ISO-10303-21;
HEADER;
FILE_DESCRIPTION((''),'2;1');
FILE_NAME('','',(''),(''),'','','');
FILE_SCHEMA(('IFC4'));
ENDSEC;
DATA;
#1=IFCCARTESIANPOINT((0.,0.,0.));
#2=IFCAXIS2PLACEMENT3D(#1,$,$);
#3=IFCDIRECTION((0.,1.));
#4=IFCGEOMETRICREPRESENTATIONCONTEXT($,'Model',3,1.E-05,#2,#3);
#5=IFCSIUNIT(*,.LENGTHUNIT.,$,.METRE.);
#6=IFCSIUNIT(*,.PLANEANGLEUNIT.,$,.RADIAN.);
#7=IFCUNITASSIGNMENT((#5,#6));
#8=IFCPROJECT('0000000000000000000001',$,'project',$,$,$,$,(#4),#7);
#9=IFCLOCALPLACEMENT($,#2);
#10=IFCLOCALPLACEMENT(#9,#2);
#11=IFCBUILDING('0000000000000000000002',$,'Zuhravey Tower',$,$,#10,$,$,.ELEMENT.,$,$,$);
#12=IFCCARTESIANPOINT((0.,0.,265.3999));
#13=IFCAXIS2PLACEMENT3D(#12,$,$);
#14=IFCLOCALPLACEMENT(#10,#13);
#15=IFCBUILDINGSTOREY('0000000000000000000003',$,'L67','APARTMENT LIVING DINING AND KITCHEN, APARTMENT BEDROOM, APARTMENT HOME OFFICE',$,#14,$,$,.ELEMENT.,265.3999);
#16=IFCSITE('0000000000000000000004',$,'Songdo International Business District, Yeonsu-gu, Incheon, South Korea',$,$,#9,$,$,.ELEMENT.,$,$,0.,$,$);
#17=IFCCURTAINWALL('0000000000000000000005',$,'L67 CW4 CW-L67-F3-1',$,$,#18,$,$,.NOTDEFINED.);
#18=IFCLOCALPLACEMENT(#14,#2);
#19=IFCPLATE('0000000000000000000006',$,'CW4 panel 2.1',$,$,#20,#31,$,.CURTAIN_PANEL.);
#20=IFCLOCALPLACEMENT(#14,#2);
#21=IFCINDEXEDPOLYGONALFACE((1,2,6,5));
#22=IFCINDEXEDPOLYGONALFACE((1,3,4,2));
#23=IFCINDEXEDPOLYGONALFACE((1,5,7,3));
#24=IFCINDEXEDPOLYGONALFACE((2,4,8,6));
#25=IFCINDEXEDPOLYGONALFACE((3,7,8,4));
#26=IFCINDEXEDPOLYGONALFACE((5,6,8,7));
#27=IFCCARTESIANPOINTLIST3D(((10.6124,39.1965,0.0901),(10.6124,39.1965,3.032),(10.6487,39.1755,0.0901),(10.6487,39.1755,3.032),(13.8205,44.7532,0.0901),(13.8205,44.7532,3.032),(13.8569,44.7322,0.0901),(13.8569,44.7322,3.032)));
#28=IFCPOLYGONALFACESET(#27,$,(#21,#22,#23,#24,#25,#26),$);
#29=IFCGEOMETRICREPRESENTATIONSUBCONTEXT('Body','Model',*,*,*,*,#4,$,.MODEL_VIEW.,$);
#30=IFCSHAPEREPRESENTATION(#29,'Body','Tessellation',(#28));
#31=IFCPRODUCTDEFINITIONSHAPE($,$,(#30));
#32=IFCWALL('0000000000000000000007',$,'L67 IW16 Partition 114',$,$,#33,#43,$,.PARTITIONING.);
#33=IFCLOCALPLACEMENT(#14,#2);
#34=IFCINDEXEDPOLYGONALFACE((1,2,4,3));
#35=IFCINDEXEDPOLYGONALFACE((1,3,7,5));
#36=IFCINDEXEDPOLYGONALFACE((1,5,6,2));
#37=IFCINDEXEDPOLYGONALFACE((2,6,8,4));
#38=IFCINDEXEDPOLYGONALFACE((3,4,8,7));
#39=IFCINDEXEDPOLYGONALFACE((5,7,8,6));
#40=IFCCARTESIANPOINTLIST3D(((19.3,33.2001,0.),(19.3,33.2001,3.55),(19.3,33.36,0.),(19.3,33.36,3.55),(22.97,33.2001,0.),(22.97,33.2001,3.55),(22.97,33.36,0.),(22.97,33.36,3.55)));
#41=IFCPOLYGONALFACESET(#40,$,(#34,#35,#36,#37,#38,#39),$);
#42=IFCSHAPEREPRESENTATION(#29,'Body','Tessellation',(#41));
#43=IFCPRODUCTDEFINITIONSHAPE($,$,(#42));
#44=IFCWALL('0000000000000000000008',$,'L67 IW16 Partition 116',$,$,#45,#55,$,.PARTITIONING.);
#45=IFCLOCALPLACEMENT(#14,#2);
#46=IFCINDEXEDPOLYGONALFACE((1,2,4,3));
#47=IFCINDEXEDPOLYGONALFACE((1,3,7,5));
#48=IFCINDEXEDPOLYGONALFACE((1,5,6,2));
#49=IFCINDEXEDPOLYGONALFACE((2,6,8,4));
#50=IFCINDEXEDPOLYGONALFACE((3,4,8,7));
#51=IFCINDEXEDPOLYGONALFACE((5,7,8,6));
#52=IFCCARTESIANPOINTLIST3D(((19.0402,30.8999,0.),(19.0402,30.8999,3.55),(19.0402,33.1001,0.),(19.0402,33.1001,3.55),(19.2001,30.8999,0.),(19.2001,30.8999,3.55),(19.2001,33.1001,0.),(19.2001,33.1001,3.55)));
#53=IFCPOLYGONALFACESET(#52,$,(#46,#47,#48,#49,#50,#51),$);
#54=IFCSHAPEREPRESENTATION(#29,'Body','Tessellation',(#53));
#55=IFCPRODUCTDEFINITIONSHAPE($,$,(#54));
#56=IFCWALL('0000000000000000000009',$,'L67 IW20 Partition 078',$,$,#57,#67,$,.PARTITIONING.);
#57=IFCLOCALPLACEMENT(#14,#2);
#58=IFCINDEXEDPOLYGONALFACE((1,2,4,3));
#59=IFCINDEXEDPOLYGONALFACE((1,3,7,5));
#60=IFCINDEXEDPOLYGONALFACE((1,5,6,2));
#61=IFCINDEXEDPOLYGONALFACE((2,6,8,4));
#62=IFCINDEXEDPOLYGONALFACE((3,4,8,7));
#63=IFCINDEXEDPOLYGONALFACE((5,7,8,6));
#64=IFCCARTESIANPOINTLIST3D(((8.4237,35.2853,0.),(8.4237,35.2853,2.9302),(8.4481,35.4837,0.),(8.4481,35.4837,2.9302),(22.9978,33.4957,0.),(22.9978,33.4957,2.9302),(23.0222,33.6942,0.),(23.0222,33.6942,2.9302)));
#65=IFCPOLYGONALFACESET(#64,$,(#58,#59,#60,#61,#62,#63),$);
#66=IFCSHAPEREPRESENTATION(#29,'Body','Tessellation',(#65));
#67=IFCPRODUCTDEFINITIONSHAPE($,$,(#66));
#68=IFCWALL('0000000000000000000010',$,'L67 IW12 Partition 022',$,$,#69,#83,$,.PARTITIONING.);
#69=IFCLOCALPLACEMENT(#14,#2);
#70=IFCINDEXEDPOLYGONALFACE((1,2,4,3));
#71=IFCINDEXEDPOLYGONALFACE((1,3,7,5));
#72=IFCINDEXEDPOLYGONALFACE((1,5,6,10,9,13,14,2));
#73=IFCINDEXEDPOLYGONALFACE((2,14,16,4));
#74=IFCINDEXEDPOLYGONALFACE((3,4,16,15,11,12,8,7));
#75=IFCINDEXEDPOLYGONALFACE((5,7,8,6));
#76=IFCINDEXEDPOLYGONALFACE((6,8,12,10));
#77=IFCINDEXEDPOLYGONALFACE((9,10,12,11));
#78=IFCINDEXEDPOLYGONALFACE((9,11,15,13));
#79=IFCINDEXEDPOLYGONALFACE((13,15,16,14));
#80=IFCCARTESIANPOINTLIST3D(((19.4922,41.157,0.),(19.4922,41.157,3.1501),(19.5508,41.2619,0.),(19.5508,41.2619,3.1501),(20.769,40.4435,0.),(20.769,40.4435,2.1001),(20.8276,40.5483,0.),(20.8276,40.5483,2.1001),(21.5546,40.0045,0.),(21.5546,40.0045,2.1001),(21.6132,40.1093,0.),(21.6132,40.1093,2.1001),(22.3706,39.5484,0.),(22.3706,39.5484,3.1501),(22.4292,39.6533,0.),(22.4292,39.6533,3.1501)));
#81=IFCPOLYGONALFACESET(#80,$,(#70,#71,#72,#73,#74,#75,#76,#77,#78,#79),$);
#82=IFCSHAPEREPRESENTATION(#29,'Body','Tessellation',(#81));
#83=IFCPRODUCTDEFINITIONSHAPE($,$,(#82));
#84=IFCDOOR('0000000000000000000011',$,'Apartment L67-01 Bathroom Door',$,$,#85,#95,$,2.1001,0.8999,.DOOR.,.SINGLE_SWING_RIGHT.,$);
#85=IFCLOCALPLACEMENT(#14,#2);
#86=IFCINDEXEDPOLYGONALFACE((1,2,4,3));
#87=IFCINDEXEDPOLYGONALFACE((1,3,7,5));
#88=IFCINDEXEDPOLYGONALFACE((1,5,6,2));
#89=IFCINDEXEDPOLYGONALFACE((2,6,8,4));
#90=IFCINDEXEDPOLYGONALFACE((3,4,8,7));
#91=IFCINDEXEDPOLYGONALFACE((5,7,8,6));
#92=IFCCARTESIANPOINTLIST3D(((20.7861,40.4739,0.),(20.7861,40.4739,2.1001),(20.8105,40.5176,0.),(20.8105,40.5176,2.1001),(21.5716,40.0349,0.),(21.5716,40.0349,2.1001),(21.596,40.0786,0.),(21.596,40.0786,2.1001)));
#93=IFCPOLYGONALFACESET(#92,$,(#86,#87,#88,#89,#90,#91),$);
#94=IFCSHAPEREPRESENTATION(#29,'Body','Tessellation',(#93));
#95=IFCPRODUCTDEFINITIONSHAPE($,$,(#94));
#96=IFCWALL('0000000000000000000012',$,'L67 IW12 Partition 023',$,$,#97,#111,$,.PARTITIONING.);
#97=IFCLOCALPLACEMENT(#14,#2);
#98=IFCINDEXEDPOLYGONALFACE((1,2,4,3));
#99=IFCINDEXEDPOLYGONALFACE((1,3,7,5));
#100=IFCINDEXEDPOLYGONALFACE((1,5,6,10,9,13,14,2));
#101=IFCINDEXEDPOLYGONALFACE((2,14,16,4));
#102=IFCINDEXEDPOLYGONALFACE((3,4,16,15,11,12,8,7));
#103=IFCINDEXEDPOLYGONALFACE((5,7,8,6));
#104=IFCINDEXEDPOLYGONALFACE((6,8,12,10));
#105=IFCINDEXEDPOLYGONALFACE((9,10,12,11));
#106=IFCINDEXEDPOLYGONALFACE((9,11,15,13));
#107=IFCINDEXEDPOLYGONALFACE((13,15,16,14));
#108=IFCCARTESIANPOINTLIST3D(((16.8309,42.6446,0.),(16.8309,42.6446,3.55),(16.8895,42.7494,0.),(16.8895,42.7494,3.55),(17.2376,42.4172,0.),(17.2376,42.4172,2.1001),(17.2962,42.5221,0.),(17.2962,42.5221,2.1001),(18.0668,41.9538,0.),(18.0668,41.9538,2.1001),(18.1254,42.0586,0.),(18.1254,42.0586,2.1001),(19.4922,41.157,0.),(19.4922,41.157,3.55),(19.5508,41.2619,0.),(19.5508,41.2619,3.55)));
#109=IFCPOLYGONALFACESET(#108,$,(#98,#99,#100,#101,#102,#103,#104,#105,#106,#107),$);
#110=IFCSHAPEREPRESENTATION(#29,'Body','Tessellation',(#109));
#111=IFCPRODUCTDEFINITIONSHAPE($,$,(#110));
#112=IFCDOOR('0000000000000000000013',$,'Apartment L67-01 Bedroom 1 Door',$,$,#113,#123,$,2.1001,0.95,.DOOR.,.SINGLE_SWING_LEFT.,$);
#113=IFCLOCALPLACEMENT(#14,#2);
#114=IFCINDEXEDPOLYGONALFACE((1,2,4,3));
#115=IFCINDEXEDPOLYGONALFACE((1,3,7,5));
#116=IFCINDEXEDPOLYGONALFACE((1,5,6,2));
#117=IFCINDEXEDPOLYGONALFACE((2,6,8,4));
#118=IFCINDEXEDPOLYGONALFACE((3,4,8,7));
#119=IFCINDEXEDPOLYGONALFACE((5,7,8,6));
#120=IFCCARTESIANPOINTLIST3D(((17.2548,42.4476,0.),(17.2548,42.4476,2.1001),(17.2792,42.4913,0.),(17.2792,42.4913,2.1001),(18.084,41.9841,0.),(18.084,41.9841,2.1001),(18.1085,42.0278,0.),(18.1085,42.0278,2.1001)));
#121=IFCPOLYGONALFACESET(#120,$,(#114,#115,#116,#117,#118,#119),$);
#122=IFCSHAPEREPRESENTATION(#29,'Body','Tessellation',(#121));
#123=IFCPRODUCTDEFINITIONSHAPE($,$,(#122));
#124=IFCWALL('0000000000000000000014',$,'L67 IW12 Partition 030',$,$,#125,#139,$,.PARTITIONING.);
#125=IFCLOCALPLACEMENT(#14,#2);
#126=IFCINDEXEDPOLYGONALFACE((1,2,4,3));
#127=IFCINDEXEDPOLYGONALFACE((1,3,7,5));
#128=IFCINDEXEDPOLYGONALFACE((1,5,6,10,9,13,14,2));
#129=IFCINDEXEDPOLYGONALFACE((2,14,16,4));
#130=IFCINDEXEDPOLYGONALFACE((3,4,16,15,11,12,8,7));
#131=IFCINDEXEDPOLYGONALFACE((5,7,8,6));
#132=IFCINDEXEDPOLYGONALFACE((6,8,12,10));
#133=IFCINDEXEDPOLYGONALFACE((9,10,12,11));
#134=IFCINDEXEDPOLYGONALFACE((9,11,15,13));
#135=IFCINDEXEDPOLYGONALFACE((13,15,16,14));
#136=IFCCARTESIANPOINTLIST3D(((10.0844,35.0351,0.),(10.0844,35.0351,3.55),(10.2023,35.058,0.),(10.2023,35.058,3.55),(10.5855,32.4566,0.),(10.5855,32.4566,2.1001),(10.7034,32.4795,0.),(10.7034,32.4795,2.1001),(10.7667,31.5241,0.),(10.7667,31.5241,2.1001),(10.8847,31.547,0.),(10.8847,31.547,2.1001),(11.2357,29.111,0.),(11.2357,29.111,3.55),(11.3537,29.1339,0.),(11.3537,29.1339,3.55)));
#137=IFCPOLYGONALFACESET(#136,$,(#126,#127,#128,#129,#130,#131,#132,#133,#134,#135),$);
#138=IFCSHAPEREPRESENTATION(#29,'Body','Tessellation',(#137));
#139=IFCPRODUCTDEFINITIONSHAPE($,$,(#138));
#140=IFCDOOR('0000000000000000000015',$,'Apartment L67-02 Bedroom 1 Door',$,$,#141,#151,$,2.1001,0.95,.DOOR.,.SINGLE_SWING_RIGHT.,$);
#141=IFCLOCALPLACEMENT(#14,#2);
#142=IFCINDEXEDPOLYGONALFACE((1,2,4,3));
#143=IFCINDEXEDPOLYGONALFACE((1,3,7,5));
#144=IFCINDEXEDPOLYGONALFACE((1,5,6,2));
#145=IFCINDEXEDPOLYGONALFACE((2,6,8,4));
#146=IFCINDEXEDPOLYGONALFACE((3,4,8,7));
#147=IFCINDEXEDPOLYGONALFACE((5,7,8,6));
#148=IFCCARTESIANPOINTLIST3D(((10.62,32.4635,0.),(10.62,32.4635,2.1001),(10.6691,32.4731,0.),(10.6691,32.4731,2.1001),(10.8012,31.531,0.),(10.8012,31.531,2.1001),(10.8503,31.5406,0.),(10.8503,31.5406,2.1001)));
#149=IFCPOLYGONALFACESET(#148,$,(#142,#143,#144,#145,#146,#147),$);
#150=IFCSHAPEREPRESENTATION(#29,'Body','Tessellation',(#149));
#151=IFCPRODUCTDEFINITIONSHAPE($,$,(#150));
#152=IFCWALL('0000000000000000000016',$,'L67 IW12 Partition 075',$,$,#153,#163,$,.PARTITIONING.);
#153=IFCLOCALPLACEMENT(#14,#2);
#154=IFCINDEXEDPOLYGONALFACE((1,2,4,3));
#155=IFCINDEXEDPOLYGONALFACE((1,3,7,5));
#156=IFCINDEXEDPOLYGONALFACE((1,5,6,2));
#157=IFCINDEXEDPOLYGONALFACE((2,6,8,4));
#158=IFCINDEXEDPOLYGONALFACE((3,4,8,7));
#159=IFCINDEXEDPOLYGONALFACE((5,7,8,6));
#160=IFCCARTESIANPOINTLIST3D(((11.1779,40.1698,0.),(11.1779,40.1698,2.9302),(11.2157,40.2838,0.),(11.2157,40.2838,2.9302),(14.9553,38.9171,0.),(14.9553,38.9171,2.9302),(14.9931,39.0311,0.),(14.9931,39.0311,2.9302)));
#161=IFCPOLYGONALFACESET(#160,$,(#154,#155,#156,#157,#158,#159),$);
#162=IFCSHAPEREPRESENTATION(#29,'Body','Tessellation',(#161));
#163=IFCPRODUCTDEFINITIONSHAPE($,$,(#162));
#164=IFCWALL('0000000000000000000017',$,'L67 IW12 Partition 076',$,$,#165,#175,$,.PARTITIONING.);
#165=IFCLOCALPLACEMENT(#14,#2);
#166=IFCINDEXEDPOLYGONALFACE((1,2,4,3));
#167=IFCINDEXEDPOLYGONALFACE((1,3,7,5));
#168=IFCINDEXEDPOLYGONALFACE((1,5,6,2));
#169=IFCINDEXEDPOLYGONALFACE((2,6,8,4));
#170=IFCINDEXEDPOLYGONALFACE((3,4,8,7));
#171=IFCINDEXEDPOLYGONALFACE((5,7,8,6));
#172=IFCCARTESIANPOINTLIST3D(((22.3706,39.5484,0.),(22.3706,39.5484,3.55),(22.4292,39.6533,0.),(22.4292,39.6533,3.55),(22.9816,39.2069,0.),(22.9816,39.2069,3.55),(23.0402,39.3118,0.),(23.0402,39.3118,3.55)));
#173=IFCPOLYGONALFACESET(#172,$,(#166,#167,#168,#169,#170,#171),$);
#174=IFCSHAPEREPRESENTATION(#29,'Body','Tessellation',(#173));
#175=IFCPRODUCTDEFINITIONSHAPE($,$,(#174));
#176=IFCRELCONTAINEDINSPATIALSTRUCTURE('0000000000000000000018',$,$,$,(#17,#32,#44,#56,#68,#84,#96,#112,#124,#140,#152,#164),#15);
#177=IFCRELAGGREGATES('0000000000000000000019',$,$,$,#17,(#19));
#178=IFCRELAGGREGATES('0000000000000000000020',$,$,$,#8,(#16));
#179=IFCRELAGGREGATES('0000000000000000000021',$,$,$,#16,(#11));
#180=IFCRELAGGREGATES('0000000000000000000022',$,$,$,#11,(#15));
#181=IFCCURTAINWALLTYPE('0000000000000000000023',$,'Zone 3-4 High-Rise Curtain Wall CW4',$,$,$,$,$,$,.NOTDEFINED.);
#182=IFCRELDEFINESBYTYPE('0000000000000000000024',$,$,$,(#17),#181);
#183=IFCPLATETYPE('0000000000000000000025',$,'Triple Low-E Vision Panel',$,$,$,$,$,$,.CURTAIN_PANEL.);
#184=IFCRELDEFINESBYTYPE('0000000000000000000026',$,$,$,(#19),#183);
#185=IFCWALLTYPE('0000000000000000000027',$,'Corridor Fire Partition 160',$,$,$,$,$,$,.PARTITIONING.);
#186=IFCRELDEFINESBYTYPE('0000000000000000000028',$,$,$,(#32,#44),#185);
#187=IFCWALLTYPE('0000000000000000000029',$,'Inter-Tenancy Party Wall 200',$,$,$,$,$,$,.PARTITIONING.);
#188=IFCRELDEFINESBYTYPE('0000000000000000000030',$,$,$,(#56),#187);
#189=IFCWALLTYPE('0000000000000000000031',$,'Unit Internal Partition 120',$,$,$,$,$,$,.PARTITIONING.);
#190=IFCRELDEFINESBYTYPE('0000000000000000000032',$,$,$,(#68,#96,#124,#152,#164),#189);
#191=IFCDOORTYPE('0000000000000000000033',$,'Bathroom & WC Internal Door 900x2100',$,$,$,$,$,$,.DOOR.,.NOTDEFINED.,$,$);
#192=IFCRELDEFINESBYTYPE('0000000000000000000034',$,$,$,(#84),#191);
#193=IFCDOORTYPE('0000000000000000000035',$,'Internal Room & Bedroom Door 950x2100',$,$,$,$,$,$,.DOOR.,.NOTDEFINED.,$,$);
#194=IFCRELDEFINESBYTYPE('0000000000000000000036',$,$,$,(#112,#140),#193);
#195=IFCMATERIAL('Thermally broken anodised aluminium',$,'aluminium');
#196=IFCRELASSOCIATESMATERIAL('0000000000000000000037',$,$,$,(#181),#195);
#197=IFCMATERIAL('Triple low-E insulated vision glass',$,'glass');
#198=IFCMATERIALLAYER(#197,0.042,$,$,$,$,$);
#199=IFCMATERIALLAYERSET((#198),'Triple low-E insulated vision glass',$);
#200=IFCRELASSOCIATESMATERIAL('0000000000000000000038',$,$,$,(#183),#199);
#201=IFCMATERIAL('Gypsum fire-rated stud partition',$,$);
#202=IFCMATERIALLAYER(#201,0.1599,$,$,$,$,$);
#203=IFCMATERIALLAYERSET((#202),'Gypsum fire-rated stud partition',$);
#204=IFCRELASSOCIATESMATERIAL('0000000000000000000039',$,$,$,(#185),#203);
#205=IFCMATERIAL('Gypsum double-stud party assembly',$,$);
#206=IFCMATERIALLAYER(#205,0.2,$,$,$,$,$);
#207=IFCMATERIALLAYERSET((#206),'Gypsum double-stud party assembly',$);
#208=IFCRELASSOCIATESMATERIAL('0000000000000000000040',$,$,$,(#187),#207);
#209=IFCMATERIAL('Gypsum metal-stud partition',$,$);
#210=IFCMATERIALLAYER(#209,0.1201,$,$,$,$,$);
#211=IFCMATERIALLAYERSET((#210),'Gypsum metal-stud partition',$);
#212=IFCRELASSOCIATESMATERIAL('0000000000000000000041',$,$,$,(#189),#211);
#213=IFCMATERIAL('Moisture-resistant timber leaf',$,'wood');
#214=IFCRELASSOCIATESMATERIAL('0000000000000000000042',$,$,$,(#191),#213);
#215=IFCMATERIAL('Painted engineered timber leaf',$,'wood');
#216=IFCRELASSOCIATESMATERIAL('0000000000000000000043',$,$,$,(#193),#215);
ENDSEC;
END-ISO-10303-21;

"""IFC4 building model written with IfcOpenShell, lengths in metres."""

from ifc_helpers import new_model, si_unit, direction, frame, frame_2d, origin, origin_2d, place, context, subcontext, project, spatial, rectangle, extrude, material, layer, layer_set, type_object, element, fill, aggregate, save


model = new_model("IFC4")

# Units and contexts
model_context = context("Model", 3, precision=1e-05, world=origin(), true_north=direction((0.0, 1.0)))
body_context = subcontext(model_context, "Body", "Model", "MODEL_VIEW")
ifc_project = project(units=[si_unit("LENGTHUNIT", "METRE"), si_unit("PLANEANGLEUNIT", "RADIAN")], contexts=[model_context])

# Site, building, storey
site_placement = place(None, origin())
site = spatial("IfcSite", under=ifc_project, at=site_placement, Name="Songdo International Business District, Yeonsu-gu, Incheon, South Korea", CompositionType="ELEMENT", RefElevation=0.0)
building_placement = place(site_placement, origin())
building = spatial("IfcBuilding", under=site, at=building_placement, Name="Zuhravey Tower", CompositionType="ELEMENT")
storey_placement = place(building_placement, frame((0.0, 0.0, 265.3999)))
storey = spatial("IfcBuildingStorey", under=building, at=storey_placement, Name="L67", Description="APARTMENT LIVING DINING AND KITCHEN, APARTMENT BEDROOM, APARTMENT HOME OFFICE", CompositionType="ELEMENT", Elevation=265.3999)

# Curtain wall
ifc_material_1 = material(Name="Thermally broken anodised aluminium", Category="aluminium")
curtain_wall_type = type_object("IfcCurtainWallType", Name="Zone 3-4 High-Rise Curtain Wall CW4", PredefinedType="NOTDEFINED", material=ifc_material_1)
curtain_wall_placement = place(storey_placement, origin())
curtain_wall = element("IfcCurtainWall", 1, at=curtain_wall_placement, inside=storey, type_object=curtain_wall_type, Name="L67 CW4 CW-L67-F3-1", PredefinedType="NOTDEFINED")

# Plate
ifc_material_2 = material(Name="Triple low-E insulated vision glass", Category="glass")
ifc_layer_1 = layer(ifc_material_2, 0.042)
ifc_layer_set_1 = layer_set([ifc_layer_1], Name="Triple low-E insulated vision glass")
plate_type = type_object("IfcPlateType", Name="Triple Low-E Vision Panel", PredefinedType="CURTAIN_PANEL", material=ifc_layer_set_1)
plate_1_placement = place(storey_placement, frame((12.2346, 41.9644, 0.0901), z_axis=(0.0, 0.0, 1.0), x_axis=(0.500001, 0.866025, 0.0)))
plate_1 = element("IfcPlate", 2, at=plate_1_placement, type_object=plate_type, Name="CW4 panel 2.1", PredefinedType="CURTAIN_PANEL", context=body_context, shape_type="SweptSolid", body=[
    extrude(rectangle(XDim=6.4163, YDim=0.042, at=origin_2d()), origin(), (0.0, 0.0, 1.0), 2.9419),
])
aggregate(curtain_wall, [plate_1])

# Shared definitions
ifc_material_3 = material(Name="Gypsum fire-rated stud partition")
ifc_layer_2 = layer(ifc_material_3, 0.1599)
ifc_layer_set_2 = layer_set([ifc_layer_2], Name="Gypsum fire-rated stud partition")
wall_type_1 = type_object("IfcWallType", Name="Corridor Fire Partition 160", PredefinedType="PARTITIONING", material=ifc_layer_set_2)

# Walls
wall_1_placement = place(storey_placement, frame((22.97, 33.28, 0.0), z_axis=(0.0, 0.0, 1.0), x_axis=(-1.0, 0.0, 0.0)))
element("IfcWall", 3, at=wall_1_placement, inside=storey, type_object=wall_type_1, Name="L67 IW16 Partition 114", PredefinedType="PARTITIONING", context=body_context, shape_type="SweptSolid", body=[
    extrude(rectangle(XDim=3.6699, YDim=0.1599, at=frame_2d((1.835, 0.0))), origin(), (0.0, 0.0, 1.0), 3.55),
])
wall_2_placement = place(storey_placement, frame((19.1201, 33.1001, 0.0), z_axis=(0.0, 0.0, 1.0), x_axis=(0.0, -1.0, 0.0)))
element("IfcWall", 4, at=wall_2_placement, inside=storey, type_object=wall_type_1, Name="L67 IW16 Partition 116", PredefinedType="PARTITIONING", context=body_context, shape_type="SweptSolid", body=[
    extrude(rectangle(XDim=2.2002, YDim=0.1599, at=frame_2d((1.1001, 0.0))), origin(), (0.0, 0.0, 1.0), 3.55),
])
ifc_material_4 = material(Name="Gypsum double-stud party assembly")
ifc_layer_3 = layer(ifc_material_4, 0.2)
ifc_layer_set_3 = layer_set([ifc_layer_3], Name="Gypsum double-stud party assembly")
wall_type_2 = type_object("IfcWallType", Name="Inter-Tenancy Party Wall 200", PredefinedType="PARTITIONING", material=ifc_layer_set_3)
wall_3_placement = place(storey_placement, frame((23.01, 33.595, 0.0), z_axis=(0.0, 0.0, 1.0), x_axis=(-0.992546, 0.121873, 0.0)))
element("IfcWall", 5, at=wall_3_placement, inside=storey, type_object=wall_type_2, Name="L67 IW20 Partition 078", PredefinedType="PARTITIONING", context=body_context, shape_type="SweptSolid", body=[
    extrude(rectangle(XDim=14.6836, YDim=0.2, at=frame_2d((7.3418, 0.0))), origin(), (0.0, 0.0, 1.0), 2.9302),
])

# Walls, openings, doors
ifc_material_5 = material(Name="Gypsum metal-stud partition")
ifc_layer_4 = layer(ifc_material_5, 0.1201)
ifc_layer_set_4 = layer_set([ifc_layer_4], Name="Gypsum metal-stud partition")
wall_type_3 = type_object("IfcWallType", Name="Unit Internal Partition 120", PredefinedType="PARTITIONING", material=ifc_layer_set_4)
wall_4_placement = place(storey_placement, frame((22.3999, 39.6008, 0.0), z_axis=(0.0, 0.0, 1.0), x_axis=(-0.872929, 0.487848, 0.0)))
wall_4 = element("IfcWall", 6, at=wall_4_placement, inside=storey, type_object=wall_type_3, Name="L67 IW12 Partition 022", PredefinedType="PARTITIONING", context=body_context, shape_type="SweptSolid", body=[
    extrude(rectangle(XDim=3.2974, YDim=0.1201, at=frame_2d((1.6487, 0.0))), origin(), (0.0, 0.0, 1.0), 3.1501),
])
opening_1_placement = place(wall_4_placement, frame((0.9348, 0.0, 0.0)))
opening_1 = element("IfcOpeningElement", 7, at=opening_1_placement, cuts=wall_4, PredefinedType="OPENING", context=body_context, shape_type="SweptSolid", body=[
    extrude(rectangle(XDim=0.8999, YDim=2.1001, at=frame_2d((0.45, 1.05))), frame((0.0, 0.072, 0.0), z_axis=(0.0, -1.0, 0.0), x_axis=(1.0, 0.0, 0.0)), (0.0, 0.0, 1.0), 0.144),
])
ifc_material_6 = material(Name="Moisture-resistant timber leaf", Category="wood")
door_type_1 = type_object("IfcDoorType", Name="Bathroom & WC Internal Door 900x2100", OperationType="NOTDEFINED", PredefinedType="DOOR", material=ifc_material_6)
door_1_placement = place(opening_1_placement, frame((0.8999, 0.0, 0.0), z_axis=(0.0, 0.0, 1.0), x_axis=(-1.0, 0.0, 0.0)))
door_1 = element("IfcDoor", 8, at=door_1_placement, inside=storey, type_object=door_type_1, Name="Apartment L67-01 Bathroom Door", OperationType="SINGLE_SWING_RIGHT", OverallHeight=2.1001, OverallWidth=0.8999, PredefinedType="DOOR", context=body_context, shape_type="SweptSolid", body=[
    extrude(rectangle(XDim=0.8999, YDim=2.1001, at=frame_2d((0.45, 1.05))), frame((0.0, 0.0249, 0.0), z_axis=(0.0, -1.0, 0.0), x_axis=(1.0, 0.0, 0.0)), (0.0, 0.0, 1.0), 0.05),
])
fill(opening_1, door_1)
wall_5_placement = place(storey_placement, frame((19.5215, 41.2095, 0.0), z_axis=(0.0, 0.0, 1.0), x_axis=(-0.8729, 0.487899, 0.0)))
wall_5 = element("IfcWall", 9, at=wall_5_placement, inside=storey, type_object=wall_type_3, Name="L67 IW12 Partition 023", PredefinedType="PARTITIONING", context=body_context, shape_type="SweptSolid", body=[
    extrude(rectangle(XDim=3.0488, YDim=0.1201, at=frame_2d((1.5244, 0.0))), origin(), (0.0, 0.0, 1.0), 3.55),
])
opening_2_placement = place(wall_5_placement, frame((1.6328, 0.0, 0.0)))
opening_2 = element("IfcOpeningElement", 10, at=opening_2_placement, cuts=wall_5, PredefinedType="OPENING", context=body_context, shape_type="SweptSolid", body=[
    extrude(rectangle(XDim=0.95, YDim=2.1001, at=frame_2d((0.4751, 1.05))), frame((0.0, 0.072, 0.0), z_axis=(0.0, -1.0, 0.0), x_axis=(1.0, 0.0, 0.0)), (0.0, 0.0, 1.0), 0.144),
])
ifc_material_7 = material(Name="Painted engineered timber leaf", Category="wood")
door_type_2 = type_object("IfcDoorType", Name="Internal Room & Bedroom Door 950x2100", OperationType="NOTDEFINED", PredefinedType="DOOR", material=ifc_material_7)
door_2_placement = place(opening_2_placement, frame((0.95, 0.0, 0.0), z_axis=(0.0, 0.0, 1.0), x_axis=(-1.0, 0.0, 0.0)))
door_2 = element("IfcDoor", 11, at=door_2_placement, inside=storey, type_object=door_type_2, Name="Apartment L67-01 Bedroom 1 Door", OperationType="SINGLE_SWING_LEFT", OverallHeight=2.1001, OverallWidth=0.95, PredefinedType="DOOR", context=body_context, shape_type="SweptSolid", body=[
    extrude(rectangle(XDim=0.95, YDim=2.1001, at=frame_2d((0.4751, 1.05))), frame((0.0, 0.0249, 0.0), z_axis=(0.0, -1.0, 0.0), x_axis=(1.0, 0.0, 0.0)), (0.0, 0.0, 1.0), 0.05),
])
fill(opening_2, door_2)
wall_6_placement = place(storey_placement, frame((10.1433, 35.0466, 0.0), z_axis=(0.0, 0.0, 1.0), x_axis=(0.190784, -0.981632, 0.0)))
wall_6 = element("IfcWall", 12, at=wall_6_placement, inside=storey, type_object=wall_type_3, Name="L67 IW12 Partition 030", PredefinedType="PARTITIONING", context=body_context, shape_type="SweptSolid", body=[
    extrude(rectangle(XDim=6.0349, YDim=0.1201, at=frame_2d((3.0176, 0.0))), origin(), (0.0, 0.0, 1.0), 3.55),
])
opening_3_placement = place(wall_6_placement, frame((2.6267, 0.0, 0.0)))
opening_3 = element("IfcOpeningElement", 13, at=opening_3_placement, cuts=wall_6, PredefinedType="OPENING", context=body_context, shape_type="SweptSolid", body=[
    extrude(rectangle(XDim=0.95, YDim=2.1001, at=frame_2d((0.4751, 1.05))), frame((0.0, 0.072, 0.0), z_axis=(0.0, -1.0, 0.0), x_axis=(1.0, 0.0, 0.0)), (0.0, 0.0, 1.0), 0.144),
])
door_3_placement = place(opening_3_placement, frame((0.95, 0.0, 0.0), z_axis=(0.0, 0.0, 1.0), x_axis=(-1.0, 0.0, 0.0)))
door_3 = element("IfcDoor", 14, at=door_3_placement, inside=storey, type_object=door_type_2, Name="Apartment L67-02 Bedroom 1 Door", OperationType="SINGLE_SWING_RIGHT", OverallHeight=2.1001, OverallWidth=0.95, PredefinedType="DOOR", context=body_context, shape_type="SweptSolid", body=[
    extrude(rectangle(XDim=0.95, YDim=2.1001, at=frame_2d((0.4751, 1.05))), frame((0.0, 0.0249, 0.0), z_axis=(0.0, -1.0, 0.0), x_axis=(1.0, 0.0, 0.0)), (0.0, 0.0, 1.0), 0.05),
])
fill(opening_3, door_3)

# Walls
wall_7_placement = place(storey_placement, frame((14.9741, 38.9741, 0.0), z_axis=(0.0, 0.0, 1.0), x_axis=(-0.949167, 0.314773, 0.0)))
element("IfcWall", 15, at=wall_7_placement, inside=storey, type_object=wall_type_3, Name="L67 IW12 Partition 075", PredefinedType="PARTITIONING", context=body_context, shape_type="SweptSolid", body=[
    extrude(rectangle(XDim=3.9797, YDim=0.1201, at=frame_2d((1.9897, 0.0))), origin(), (0.0, 0.0, 1.0), 2.9302),
])
wall_8_placement = place(storey_placement, frame((23.011, 39.2593, 0.0), z_axis=(0.0, 0.0, 1.0), x_axis=(-0.872904, 0.487892, 0.0)))
element("IfcWall", 16, at=wall_8_placement, inside=storey, type_object=wall_type_3, Name="L67 IW12 Partition 076", PredefinedType="PARTITIONING", context=body_context, shape_type="SweptSolid", body=[
    extrude(rectangle(XDim=0.7, YDim=0.1201, at=frame_2d((0.3501, 0.0))), origin(), (0.0, 0.0, 1.0), 3.55),
])

save(model, "model.ifc")
